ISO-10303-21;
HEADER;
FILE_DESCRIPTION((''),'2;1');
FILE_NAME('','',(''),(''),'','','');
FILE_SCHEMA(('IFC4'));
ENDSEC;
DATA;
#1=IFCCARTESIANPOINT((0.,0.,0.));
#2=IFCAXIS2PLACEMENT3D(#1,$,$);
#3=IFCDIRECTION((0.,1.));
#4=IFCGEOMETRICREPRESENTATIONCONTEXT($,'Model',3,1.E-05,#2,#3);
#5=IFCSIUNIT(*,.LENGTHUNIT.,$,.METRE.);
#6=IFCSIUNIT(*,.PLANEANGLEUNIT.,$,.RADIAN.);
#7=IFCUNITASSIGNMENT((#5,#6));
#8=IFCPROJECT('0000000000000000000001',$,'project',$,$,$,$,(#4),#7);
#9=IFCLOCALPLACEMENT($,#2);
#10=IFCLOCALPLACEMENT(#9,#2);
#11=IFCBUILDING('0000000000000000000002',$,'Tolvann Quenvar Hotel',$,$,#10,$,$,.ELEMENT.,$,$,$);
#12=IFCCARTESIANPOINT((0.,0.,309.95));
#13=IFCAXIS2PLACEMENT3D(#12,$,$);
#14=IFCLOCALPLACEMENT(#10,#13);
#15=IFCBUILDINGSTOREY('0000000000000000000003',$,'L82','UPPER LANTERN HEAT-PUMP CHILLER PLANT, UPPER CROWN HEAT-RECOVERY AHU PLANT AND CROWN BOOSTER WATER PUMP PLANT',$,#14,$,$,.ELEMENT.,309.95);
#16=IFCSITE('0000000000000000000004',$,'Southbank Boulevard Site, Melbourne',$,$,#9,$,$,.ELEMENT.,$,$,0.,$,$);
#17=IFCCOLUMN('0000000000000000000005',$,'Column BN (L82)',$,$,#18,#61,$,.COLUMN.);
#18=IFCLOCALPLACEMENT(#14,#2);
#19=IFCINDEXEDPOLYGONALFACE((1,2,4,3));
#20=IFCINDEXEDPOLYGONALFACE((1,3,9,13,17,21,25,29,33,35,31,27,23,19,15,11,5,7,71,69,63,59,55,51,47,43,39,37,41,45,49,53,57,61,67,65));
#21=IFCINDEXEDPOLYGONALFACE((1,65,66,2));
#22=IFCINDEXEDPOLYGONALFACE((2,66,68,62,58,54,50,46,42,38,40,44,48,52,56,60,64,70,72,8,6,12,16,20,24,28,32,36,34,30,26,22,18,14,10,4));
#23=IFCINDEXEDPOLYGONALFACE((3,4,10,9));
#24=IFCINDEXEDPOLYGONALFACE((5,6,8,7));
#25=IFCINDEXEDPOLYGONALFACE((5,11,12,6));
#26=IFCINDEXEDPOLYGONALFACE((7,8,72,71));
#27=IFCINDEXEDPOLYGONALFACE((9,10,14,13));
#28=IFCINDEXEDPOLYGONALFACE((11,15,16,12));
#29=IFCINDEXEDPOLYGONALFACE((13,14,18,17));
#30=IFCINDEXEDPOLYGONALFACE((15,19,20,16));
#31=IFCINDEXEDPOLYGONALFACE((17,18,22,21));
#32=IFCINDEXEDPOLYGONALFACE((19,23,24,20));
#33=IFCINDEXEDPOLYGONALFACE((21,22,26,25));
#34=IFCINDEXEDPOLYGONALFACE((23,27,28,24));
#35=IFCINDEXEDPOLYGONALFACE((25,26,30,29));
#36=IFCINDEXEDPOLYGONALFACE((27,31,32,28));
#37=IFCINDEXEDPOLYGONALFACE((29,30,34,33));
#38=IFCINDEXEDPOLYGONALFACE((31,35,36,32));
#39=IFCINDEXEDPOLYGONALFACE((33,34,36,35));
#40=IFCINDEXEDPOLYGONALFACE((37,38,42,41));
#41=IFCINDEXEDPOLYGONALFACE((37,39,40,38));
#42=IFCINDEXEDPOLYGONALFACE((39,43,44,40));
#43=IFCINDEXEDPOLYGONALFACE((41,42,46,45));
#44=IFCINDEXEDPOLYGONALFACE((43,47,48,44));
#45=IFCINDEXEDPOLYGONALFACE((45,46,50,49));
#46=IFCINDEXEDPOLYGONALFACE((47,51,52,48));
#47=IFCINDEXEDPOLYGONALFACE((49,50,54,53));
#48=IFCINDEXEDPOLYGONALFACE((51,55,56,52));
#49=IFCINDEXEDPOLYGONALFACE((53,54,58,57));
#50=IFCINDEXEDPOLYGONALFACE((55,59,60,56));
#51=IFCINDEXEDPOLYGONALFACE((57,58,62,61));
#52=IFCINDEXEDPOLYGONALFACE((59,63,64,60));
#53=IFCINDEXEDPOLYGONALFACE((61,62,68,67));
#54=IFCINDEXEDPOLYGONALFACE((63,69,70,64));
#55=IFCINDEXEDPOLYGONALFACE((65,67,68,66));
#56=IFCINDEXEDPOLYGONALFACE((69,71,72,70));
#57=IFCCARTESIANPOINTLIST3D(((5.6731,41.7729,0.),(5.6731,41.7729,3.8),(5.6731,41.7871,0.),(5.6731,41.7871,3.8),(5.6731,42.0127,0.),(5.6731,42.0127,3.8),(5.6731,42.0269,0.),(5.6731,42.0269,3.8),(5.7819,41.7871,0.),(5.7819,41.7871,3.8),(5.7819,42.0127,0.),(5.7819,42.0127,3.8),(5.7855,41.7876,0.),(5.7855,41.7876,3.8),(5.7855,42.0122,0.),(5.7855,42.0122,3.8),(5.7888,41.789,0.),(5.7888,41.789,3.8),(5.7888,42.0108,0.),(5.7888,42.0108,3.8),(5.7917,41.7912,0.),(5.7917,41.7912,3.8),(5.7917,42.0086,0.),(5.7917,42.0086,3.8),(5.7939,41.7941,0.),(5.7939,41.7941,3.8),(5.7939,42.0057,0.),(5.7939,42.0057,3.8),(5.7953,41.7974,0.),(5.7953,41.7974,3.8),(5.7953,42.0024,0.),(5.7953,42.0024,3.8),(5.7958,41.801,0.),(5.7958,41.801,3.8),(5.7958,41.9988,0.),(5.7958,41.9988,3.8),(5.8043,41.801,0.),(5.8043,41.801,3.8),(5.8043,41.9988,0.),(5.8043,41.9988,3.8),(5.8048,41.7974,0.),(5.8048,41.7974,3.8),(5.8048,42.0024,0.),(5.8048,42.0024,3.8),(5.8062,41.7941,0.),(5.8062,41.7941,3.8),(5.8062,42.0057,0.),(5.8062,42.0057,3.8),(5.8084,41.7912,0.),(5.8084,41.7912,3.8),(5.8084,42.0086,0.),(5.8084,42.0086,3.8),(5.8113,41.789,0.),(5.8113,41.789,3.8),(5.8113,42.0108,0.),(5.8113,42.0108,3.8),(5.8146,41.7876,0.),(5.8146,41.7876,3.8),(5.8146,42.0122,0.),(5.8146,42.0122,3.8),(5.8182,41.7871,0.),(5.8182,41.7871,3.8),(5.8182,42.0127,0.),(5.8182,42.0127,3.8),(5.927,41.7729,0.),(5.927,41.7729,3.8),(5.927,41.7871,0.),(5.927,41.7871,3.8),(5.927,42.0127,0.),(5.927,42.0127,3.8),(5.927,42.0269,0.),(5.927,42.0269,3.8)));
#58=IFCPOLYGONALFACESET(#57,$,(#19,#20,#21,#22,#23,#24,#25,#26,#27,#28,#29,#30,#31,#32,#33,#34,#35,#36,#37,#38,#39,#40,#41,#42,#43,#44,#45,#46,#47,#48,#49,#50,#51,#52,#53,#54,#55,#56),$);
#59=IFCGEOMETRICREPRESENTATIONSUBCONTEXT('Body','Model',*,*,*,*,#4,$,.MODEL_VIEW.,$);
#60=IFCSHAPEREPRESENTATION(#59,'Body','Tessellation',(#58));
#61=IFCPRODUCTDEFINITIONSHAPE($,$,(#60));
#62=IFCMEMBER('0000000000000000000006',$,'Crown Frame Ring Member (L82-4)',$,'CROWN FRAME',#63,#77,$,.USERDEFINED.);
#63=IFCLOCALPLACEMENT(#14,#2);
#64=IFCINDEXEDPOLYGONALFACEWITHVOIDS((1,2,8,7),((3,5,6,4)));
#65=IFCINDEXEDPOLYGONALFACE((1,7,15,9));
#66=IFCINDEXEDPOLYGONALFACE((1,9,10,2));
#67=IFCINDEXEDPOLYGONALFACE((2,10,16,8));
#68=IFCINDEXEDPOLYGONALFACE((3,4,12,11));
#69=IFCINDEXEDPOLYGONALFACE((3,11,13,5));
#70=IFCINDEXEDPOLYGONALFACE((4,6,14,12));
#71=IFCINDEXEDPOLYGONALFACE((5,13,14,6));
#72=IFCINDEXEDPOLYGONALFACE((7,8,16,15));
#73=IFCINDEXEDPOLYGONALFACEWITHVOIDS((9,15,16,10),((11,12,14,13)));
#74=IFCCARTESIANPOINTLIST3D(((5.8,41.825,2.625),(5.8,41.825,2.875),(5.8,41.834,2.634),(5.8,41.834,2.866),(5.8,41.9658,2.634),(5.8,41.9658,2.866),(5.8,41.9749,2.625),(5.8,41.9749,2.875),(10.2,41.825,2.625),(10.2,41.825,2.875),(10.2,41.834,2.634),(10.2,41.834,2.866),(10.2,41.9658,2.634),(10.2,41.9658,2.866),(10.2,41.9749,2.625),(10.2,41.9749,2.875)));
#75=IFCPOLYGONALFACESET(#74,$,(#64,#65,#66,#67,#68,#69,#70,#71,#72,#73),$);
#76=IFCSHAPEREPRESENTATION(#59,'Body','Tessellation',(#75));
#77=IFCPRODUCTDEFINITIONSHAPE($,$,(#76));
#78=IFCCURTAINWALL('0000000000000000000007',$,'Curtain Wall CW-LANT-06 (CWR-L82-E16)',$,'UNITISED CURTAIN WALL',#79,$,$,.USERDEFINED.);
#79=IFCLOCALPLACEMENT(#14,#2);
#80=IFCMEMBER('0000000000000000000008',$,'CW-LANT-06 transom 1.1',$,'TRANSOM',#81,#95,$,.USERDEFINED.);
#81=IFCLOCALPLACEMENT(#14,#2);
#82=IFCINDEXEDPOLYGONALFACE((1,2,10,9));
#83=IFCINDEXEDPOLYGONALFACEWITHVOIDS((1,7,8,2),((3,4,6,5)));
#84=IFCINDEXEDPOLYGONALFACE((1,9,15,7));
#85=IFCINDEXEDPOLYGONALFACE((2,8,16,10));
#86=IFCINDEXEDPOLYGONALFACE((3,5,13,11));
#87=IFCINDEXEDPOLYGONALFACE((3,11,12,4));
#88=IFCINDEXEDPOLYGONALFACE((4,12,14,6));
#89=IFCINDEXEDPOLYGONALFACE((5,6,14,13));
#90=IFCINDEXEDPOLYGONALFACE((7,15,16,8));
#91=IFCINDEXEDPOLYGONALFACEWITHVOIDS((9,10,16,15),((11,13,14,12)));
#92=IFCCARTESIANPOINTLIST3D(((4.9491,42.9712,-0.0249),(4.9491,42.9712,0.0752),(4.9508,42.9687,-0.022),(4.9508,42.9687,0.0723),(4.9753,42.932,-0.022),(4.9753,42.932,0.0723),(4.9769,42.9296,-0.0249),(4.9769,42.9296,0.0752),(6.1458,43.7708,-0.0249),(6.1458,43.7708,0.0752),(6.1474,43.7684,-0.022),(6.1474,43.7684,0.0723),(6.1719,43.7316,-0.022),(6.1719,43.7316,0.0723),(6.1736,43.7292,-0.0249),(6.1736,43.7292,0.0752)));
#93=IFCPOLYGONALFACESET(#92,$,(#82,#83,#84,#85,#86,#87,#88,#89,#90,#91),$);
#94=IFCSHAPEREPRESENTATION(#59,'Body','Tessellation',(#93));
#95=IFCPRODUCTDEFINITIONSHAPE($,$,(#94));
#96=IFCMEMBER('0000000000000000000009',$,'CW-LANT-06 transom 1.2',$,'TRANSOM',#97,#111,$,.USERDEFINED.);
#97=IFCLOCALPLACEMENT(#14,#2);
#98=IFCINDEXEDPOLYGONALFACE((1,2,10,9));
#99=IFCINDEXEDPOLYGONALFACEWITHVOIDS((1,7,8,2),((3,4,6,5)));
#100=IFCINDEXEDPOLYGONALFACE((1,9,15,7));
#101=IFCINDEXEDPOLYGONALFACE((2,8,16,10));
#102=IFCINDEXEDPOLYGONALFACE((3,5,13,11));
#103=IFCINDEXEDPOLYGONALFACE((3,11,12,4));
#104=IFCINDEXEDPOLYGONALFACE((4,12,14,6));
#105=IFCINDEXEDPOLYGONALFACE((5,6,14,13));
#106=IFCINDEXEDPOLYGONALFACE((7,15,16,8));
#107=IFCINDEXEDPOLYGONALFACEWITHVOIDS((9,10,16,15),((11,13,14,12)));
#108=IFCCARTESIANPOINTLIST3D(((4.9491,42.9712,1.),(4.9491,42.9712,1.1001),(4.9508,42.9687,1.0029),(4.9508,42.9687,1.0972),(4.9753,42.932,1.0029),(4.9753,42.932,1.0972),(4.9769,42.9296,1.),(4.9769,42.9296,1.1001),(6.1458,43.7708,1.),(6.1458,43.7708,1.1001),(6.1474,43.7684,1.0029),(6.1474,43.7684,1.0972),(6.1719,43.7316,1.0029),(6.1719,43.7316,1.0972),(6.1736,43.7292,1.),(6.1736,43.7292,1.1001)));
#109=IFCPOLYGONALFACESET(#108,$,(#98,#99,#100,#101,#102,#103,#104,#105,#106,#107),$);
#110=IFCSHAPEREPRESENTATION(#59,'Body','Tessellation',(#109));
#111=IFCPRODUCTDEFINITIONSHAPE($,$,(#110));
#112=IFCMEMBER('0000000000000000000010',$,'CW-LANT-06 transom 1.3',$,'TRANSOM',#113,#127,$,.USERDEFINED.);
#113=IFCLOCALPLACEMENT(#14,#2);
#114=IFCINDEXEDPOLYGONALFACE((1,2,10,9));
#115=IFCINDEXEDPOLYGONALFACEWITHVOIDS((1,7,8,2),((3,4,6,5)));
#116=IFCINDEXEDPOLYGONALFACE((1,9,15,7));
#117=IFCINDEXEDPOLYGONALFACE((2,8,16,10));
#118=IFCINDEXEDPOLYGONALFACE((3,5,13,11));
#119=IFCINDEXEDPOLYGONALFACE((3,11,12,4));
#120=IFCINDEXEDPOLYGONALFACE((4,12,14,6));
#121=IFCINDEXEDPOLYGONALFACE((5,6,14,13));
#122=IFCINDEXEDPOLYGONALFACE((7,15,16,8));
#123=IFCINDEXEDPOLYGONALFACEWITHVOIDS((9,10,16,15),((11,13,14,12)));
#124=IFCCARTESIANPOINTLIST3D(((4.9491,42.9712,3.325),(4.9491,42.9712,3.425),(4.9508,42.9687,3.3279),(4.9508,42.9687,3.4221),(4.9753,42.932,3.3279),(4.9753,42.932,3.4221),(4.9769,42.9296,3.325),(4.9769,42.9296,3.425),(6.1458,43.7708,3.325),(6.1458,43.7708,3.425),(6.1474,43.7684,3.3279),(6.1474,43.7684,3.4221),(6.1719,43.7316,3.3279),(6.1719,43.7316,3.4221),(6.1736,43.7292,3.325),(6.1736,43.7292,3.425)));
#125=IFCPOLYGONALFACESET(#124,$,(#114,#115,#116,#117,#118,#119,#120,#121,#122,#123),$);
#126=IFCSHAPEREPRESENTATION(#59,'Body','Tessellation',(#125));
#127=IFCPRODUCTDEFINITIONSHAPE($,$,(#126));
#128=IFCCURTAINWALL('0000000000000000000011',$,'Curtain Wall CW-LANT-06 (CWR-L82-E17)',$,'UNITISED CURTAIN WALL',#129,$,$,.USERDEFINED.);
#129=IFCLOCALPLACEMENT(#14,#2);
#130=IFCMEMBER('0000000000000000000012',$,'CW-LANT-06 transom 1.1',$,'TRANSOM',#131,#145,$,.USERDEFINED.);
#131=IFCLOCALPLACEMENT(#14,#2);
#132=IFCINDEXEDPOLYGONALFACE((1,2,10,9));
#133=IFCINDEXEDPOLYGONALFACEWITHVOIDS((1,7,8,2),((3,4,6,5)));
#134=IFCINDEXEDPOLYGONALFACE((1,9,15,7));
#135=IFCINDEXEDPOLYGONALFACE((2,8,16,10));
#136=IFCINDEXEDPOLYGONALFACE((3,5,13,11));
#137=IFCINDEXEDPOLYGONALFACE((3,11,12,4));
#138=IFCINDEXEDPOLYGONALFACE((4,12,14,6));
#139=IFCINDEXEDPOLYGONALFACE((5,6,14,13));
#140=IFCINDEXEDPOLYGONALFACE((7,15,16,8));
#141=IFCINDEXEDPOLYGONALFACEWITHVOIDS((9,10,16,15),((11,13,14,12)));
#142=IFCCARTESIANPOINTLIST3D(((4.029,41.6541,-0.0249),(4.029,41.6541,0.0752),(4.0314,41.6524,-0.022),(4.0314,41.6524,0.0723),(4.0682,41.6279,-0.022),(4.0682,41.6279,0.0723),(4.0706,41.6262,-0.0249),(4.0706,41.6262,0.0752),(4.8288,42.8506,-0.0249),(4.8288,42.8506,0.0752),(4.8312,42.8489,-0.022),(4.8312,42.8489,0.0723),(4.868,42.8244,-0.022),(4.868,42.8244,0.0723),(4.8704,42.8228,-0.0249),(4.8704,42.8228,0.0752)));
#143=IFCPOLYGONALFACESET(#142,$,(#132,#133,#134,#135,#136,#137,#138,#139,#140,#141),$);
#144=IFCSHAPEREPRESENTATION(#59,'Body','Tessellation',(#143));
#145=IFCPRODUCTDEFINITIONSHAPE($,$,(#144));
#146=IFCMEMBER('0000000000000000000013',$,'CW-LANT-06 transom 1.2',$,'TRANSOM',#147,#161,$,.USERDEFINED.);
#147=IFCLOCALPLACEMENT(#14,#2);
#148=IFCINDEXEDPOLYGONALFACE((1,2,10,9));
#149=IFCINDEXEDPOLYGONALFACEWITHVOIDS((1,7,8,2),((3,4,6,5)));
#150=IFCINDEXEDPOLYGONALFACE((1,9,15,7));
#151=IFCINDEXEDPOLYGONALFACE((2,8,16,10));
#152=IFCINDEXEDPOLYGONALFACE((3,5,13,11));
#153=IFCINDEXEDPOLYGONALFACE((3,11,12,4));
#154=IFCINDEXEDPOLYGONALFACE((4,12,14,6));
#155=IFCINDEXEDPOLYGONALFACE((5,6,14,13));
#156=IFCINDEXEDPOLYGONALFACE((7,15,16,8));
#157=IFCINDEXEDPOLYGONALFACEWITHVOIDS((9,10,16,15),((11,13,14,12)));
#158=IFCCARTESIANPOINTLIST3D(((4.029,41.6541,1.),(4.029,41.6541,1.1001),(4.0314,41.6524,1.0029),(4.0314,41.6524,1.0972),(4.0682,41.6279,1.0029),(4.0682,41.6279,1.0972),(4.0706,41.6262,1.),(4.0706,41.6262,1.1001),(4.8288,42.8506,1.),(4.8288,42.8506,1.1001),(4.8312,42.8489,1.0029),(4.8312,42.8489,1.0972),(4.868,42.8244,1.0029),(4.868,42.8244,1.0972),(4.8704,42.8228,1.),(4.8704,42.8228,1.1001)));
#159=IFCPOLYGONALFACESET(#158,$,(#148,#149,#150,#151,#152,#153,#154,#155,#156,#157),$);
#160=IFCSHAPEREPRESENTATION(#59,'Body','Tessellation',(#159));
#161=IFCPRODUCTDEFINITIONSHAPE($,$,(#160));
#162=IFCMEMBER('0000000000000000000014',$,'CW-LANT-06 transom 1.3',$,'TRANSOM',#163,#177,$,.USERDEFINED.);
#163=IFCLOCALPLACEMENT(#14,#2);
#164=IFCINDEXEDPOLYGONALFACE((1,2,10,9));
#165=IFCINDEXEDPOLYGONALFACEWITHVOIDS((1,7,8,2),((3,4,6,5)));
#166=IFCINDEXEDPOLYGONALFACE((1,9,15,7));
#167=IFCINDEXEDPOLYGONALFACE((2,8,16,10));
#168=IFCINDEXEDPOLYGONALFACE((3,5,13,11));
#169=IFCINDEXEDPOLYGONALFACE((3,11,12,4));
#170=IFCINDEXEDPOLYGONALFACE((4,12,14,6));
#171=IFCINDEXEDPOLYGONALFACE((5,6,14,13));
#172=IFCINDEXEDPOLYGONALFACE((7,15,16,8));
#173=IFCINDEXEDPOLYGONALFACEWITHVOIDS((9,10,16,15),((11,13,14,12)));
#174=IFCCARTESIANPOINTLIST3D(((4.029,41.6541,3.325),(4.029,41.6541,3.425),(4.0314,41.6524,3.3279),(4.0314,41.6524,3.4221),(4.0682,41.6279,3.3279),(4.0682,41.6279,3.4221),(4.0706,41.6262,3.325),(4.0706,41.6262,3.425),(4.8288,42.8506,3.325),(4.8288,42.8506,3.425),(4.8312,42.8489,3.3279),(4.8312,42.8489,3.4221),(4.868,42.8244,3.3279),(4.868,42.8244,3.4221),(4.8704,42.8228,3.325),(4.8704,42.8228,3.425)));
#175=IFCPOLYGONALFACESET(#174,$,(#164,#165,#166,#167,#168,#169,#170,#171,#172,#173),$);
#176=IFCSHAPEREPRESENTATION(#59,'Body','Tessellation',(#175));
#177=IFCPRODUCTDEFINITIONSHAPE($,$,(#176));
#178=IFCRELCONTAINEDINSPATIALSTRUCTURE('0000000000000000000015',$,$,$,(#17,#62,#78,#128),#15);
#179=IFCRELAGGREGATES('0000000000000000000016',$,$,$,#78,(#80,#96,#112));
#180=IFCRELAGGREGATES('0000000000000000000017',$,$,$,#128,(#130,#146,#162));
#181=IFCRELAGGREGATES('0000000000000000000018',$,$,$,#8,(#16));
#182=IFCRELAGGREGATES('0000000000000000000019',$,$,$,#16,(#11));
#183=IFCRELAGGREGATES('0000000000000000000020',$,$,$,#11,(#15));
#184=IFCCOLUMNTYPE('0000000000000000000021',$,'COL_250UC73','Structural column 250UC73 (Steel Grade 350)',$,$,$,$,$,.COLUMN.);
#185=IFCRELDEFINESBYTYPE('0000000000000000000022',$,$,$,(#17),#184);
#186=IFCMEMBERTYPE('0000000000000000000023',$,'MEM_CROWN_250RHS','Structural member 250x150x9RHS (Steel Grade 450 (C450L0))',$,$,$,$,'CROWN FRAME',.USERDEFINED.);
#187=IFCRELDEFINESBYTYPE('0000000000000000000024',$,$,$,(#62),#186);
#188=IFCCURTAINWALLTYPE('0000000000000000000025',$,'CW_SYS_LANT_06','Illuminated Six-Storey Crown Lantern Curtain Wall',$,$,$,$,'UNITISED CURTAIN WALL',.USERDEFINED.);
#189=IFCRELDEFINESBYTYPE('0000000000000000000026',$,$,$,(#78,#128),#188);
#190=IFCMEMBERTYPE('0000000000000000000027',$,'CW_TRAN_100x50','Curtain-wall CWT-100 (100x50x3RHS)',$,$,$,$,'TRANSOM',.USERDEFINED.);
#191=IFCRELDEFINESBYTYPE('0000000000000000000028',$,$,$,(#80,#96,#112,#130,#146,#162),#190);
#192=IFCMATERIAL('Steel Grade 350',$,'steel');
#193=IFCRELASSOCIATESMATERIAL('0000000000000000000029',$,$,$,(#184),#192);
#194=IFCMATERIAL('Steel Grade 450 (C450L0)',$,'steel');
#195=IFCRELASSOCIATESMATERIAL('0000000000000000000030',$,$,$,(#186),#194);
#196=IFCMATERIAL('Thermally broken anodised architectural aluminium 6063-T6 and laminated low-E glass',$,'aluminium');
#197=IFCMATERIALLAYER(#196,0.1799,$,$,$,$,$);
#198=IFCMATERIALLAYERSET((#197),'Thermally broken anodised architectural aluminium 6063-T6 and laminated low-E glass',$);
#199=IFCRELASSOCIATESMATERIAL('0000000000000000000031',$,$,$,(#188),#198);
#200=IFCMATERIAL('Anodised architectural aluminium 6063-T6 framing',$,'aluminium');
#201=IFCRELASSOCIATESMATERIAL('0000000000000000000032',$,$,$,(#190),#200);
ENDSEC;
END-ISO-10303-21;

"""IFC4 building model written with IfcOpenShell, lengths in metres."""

from ifc_helpers import new_model, si_unit, direction, frame, origin, origin_2d, place, context, subcontext, project, spatial, hollow_rectangle, i_section, extrude, source, transform, mapped, material, layer, layer_set, material_profile, profile_set, type_object, type_shapes, element, aggregate, save


model = new_model("IFC4")

# Units and contexts
model_context = context("Model", 3, precision=1e-05, world=origin(), true_north=direction((0.0, 1.0)))
body_context = subcontext(model_context, "Body", "Model", "MODEL_VIEW")
ifc_project = project(units=[si_unit("LENGTHUNIT", "METRE"), si_unit("PLANEANGLEUNIT", "RADIAN")], contexts=[model_context])

# Site, building, storey
site_placement = place(None, origin())
site = spatial("IfcSite", under=ifc_project, at=site_placement, Name="Southbank Boulevard Site, Melbourne", CompositionType="ELEMENT", RefElevation=0.0)
building_placement = place(site_placement, origin())
building = spatial("IfcBuilding", under=site, at=building_placement, Name="Tolvann Quenvar Hotel", CompositionType="ELEMENT")
storey_placement = place(building_placement, frame((0.0, 0.0, 309.95)))
storey = spatial("IfcBuildingStorey", under=building, at=storey_placement, Name="L82", Description="UPPER LANTERN HEAT-PUMP CHILLER PLANT, UPPER CROWN HEAT-RECOVERY AHU PLANT AND CROWN BOOSTER WATER PUMP PLANT", CompositionType="ELEMENT", Elevation=309.95)

# Column
ifc_material_1 = material(Name="Steel Grade 350", Category="steel")
ifc_material_profile_1 = material_profile(ifc_material_1, i_section(OverallWidth=0.2539, OverallDepth=0.2539, WebThickness=0.0085, FlangeThickness=0.0142, FilletRadius=0.0139, at=origin_2d()), Name="250UC73")
ifc_profile_set_1 = profile_set([ifc_material_profile_1], Name="Steel Grade 350")
column_type = type_object("IfcColumnType", Name="COL_250UC73", Description="Structural column 250UC73 (Steel Grade 350)", PredefinedType="COLUMN", material=ifc_profile_set_1)
shared_shape_1 = source(origin(), body_context, "Body", "SweptSolid", [
    extrude(i_section(OverallWidth=0.2539, OverallDepth=0.2539, WebThickness=0.0085, FlangeThickness=0.0142, FilletRadius=0.0139, at=origin_2d()), origin(), (0.0, 0.0, 1.0), 3.8),
])
type_shapes(column_type, [shared_shape_1])
column_placement = place(storey_placement, frame((5.8, 41.8999, 0.0), z_axis=(0.0, 0.0, 1.0), x_axis=(1.0, 0.0, 0.0)))
element("IfcColumn", 1, at=column_placement, inside=storey, type_object=column_type, Name="Column BN (L82)", PredefinedType="COLUMN", context=body_context, shape_type="MappedRepresentation", body=[
    mapped(shared_shape_1, transform((0.0, 0.0, 0.0), x_axis=(1.0, 0.0, 0.0), y_axis=(0.0, 1.0, 0.0), z_axis=(0.0, 0.0, 1.0), scale=1.0)),
])

# Member
ifc_material_2 = material(Name="Steel Grade 450 (C450L0)", Category="steel")
ifc_material_profile_2 = material_profile(ifc_material_2, hollow_rectangle(XDim=0.1499, YDim=0.25, WallThickness=0.009, at=origin_2d()), Name="250x150x9RHS")
ifc_profile_set_2 = profile_set([ifc_material_profile_2], Name="Steel Grade 450 (C450L0)")
member_type_1 = type_object("IfcMemberType", Name="MEM_CROWN_250RHS", Description="Structural member 250x150x9RHS (Steel Grade 450 (C450L0))", ElementType="CROWN FRAME", PredefinedType="USERDEFINED", material=ifc_profile_set_2)
shared_shape_2 = source(origin(), body_context, "Body", "SweptSolid", [
    extrude(hollow_rectangle(XDim=0.1499, YDim=0.25, WallThickness=0.009, at=origin_2d()), origin(), (0.0, 0.0, 1.0), 4.3999),
])
type_shapes(member_type_1, [shared_shape_2])
member_1_placement = place(storey_placement, frame((5.8, 41.8999, 2.75), z_axis=(1.0, 0.0, 0.0), x_axis=(0.0, 1.0, 0.0)))
element("IfcMember", 2, at=member_1_placement, inside=storey, type_object=member_type_1, Name="Crown Frame Ring Member (L82-4)", ObjectType="CROWN FRAME", PredefinedType="USERDEFINED", context=body_context, shape_type="MappedRepresentation", body=[
    mapped(shared_shape_2, transform((0.0, 0.0, 0.0), x_axis=(1.0, 0.0, 0.0), y_axis=(0.0, 1.0, 0.0), z_axis=(0.0, 0.0, 1.0), scale=1.0)),
])

# Curtain walls, members
ifc_material_3 = material(Name="Thermally broken anodised architectural aluminium 6063-T6 and laminated low-E glass", Category="aluminium")
ifc_layer_1 = layer(ifc_material_3, 0.1799)
ifc_layer_set_1 = layer_set([ifc_layer_1], Name="Thermally broken anodised architectural aluminium 6063-T6 and laminated low-E glass")
curtain_wall_type = type_object("IfcCurtainWallType", Name="CW_SYS_LANT_06", Description="Illuminated Six-Storey Crown Lantern Curtain Wall", ElementType="UNITISED CURTAIN WALL", PredefinedType="USERDEFINED", material=ifc_layer_set_1)
curtain_wall_1_placement = place(storey_placement, origin())
curtain_wall_1 = element("IfcCurtainWall", 3, at=curtain_wall_1_placement, inside=storey, type_object=curtain_wall_type, Name="Curtain Wall CW-LANT-06 (CWR-L82-E16)", ObjectType="UNITISED CURTAIN WALL", PredefinedType="USERDEFINED")
ifc_material_4 = material(Name="Anodised architectural aluminium 6063-T6 framing", Category="aluminium")
ifc_material_profile_3 = material_profile(ifc_material_4, hollow_rectangle(XDim=0.05, YDim=0.1001, WallThickness=0.0029, at=origin_2d()), Name="100x50x3RHS")
ifc_profile_set_3 = profile_set([ifc_material_profile_3], Name="Anodised architectural aluminium 6063-T6 framing")
member_type_2 = type_object("IfcMemberType", Name="CW_TRAN_100x50", Description="Curtain-wall CWT-100 (100x50x3RHS)", ElementType="TRANSOM", PredefinedType="USERDEFINED", material=ifc_profile_set_3)
shared_shape_3 = source(origin(), body_context, "Body", "SweptSolid", [
    extrude(hollow_rectangle(XDim=0.05, YDim=0.1001, WallThickness=0.0029, at=origin_2d()), origin(), (0.0, 0.0, 1.0), 1.4392),
])
member_2_placement = place(storey_placement, frame((6.1597, 43.75, 0.0251), z_axis=(-0.83145, -0.5556, 0.0), x_axis=(0.5556, -0.83145, 0.0)))
member_2 = element("IfcMember", 4, at=member_2_placement, type_object=member_type_2, Name="CW-LANT-06 transom 1.1", ObjectType="TRANSOM", PredefinedType="USERDEFINED", context=body_context, shape_type="MappedRepresentation", body=[
    mapped(shared_shape_3, transform((0.0, 0.0, 0.0), x_axis=(1.0, 0.0, 0.0), y_axis=(0.0, 1.0, 0.0), z_axis=(0.0, 0.0, 1.0), scale=1.0)),
])
member_3_placement = place(storey_placement, frame((6.1597, 43.75, 1.05), z_axis=(-0.83145, -0.5556, 0.0), x_axis=(0.5556, -0.83145, 0.0)))
member_3 = element("IfcMember", 5, at=member_3_placement, type_object=member_type_2, Name="CW-LANT-06 transom 1.2", ObjectType="TRANSOM", PredefinedType="USERDEFINED", context=body_context, shape_type="MappedRepresentation", body=[
    mapped(shared_shape_3, transform((0.0, 0.0, 0.0), x_axis=(1.0, 0.0, 0.0), y_axis=(0.0, 1.0, 0.0), z_axis=(0.0, 0.0, 1.0), scale=1.0)),
])
member_4_placement = place(storey_placement, frame((6.1597, 43.75, 3.375), z_axis=(-0.83145, -0.5556, 0.0), x_axis=(0.5556, -0.83145, 0.0)))
member_4 = element("IfcMember", 6, at=member_4_placement, type_object=member_type_2, Name="CW-LANT-06 transom 1.3", ObjectType="TRANSOM", PredefinedType="USERDEFINED", context=body_context, shape_type="MappedRepresentation", body=[
    mapped(shared_shape_3, transform((0.0, 0.0, 0.0), x_axis=(1.0, 0.0, 0.0), y_axis=(0.0, 1.0, 0.0), z_axis=(0.0, 0.0, 1.0), scale=1.0)),
])
curtain_wall_2_placement = place(storey_placement, origin())
curtain_wall_2 = element("IfcCurtainWall", 7, at=curtain_wall_2_placement, inside=storey, type_object=curtain_wall_type, Name="Curtain Wall CW-LANT-06 (CWR-L82-E17)", ObjectType="UNITISED CURTAIN WALL", PredefinedType="USERDEFINED")
member_5_placement = place(storey_placement, frame((4.8496, 42.8367, 0.0251), z_axis=(-0.555718, -0.831371, 0.0), x_axis=(0.831371, -0.555718, 0.0)))
member_5 = element("IfcMember", 8, at=member_5_placement, type_object=member_type_2, Name="CW-LANT-06 transom 1.1", ObjectType="TRANSOM", PredefinedType="USERDEFINED", context=body_context, shape_type="MappedRepresentation", body=[
    mapped(shared_shape_3, transform((0.0, 0.0, 0.0), x_axis=(1.0, 0.0, 0.0), y_axis=(0.0, 1.0, 0.0), z_axis=(0.0, 0.0, 1.0), scale=1.0)),
])
member_6_placement = place(storey_placement, frame((4.8496, 42.8367, 1.05), z_axis=(-0.555718, -0.831371, 0.0), x_axis=(0.831371, -0.555718, 0.0)))
member_6 = element("IfcMember", 9, at=member_6_placement, type_object=member_type_2, Name="CW-LANT-06 transom 1.2", ObjectType="TRANSOM", PredefinedType="USERDEFINED", context=body_context, shape_type="MappedRepresentation", body=[
    mapped(shared_shape_3, transform((0.0, 0.0, 0.0), x_axis=(1.0, 0.0, 0.0), y_axis=(0.0, 1.0, 0.0), z_axis=(0.0, 0.0, 1.0), scale=1.0)),
])
member_7_placement = place(storey_placement, frame((4.8496, 42.8367, 3.375), z_axis=(-0.555718, -0.831371, 0.0), x_axis=(0.831371, -0.555718, 0.0)))
member_7 = element("IfcMember", 10, at=member_7_placement, type_object=member_type_2, Name="CW-LANT-06 transom 1.3", ObjectType="TRANSOM", PredefinedType="USERDEFINED", context=body_context, shape_type="MappedRepresentation", body=[
    mapped(shared_shape_3, transform((0.0, 0.0, 0.0), x_axis=(1.0, 0.0, 0.0), y_axis=(0.0, 1.0, 0.0), z_axis=(0.0, 0.0, 1.0), scale=1.0)),
])

aggregate(curtain_wall_1, [member_2, member_3, member_4])
aggregate(curtain_wall_2, [member_5, member_6, member_7])

save(model, "model.ifc")
